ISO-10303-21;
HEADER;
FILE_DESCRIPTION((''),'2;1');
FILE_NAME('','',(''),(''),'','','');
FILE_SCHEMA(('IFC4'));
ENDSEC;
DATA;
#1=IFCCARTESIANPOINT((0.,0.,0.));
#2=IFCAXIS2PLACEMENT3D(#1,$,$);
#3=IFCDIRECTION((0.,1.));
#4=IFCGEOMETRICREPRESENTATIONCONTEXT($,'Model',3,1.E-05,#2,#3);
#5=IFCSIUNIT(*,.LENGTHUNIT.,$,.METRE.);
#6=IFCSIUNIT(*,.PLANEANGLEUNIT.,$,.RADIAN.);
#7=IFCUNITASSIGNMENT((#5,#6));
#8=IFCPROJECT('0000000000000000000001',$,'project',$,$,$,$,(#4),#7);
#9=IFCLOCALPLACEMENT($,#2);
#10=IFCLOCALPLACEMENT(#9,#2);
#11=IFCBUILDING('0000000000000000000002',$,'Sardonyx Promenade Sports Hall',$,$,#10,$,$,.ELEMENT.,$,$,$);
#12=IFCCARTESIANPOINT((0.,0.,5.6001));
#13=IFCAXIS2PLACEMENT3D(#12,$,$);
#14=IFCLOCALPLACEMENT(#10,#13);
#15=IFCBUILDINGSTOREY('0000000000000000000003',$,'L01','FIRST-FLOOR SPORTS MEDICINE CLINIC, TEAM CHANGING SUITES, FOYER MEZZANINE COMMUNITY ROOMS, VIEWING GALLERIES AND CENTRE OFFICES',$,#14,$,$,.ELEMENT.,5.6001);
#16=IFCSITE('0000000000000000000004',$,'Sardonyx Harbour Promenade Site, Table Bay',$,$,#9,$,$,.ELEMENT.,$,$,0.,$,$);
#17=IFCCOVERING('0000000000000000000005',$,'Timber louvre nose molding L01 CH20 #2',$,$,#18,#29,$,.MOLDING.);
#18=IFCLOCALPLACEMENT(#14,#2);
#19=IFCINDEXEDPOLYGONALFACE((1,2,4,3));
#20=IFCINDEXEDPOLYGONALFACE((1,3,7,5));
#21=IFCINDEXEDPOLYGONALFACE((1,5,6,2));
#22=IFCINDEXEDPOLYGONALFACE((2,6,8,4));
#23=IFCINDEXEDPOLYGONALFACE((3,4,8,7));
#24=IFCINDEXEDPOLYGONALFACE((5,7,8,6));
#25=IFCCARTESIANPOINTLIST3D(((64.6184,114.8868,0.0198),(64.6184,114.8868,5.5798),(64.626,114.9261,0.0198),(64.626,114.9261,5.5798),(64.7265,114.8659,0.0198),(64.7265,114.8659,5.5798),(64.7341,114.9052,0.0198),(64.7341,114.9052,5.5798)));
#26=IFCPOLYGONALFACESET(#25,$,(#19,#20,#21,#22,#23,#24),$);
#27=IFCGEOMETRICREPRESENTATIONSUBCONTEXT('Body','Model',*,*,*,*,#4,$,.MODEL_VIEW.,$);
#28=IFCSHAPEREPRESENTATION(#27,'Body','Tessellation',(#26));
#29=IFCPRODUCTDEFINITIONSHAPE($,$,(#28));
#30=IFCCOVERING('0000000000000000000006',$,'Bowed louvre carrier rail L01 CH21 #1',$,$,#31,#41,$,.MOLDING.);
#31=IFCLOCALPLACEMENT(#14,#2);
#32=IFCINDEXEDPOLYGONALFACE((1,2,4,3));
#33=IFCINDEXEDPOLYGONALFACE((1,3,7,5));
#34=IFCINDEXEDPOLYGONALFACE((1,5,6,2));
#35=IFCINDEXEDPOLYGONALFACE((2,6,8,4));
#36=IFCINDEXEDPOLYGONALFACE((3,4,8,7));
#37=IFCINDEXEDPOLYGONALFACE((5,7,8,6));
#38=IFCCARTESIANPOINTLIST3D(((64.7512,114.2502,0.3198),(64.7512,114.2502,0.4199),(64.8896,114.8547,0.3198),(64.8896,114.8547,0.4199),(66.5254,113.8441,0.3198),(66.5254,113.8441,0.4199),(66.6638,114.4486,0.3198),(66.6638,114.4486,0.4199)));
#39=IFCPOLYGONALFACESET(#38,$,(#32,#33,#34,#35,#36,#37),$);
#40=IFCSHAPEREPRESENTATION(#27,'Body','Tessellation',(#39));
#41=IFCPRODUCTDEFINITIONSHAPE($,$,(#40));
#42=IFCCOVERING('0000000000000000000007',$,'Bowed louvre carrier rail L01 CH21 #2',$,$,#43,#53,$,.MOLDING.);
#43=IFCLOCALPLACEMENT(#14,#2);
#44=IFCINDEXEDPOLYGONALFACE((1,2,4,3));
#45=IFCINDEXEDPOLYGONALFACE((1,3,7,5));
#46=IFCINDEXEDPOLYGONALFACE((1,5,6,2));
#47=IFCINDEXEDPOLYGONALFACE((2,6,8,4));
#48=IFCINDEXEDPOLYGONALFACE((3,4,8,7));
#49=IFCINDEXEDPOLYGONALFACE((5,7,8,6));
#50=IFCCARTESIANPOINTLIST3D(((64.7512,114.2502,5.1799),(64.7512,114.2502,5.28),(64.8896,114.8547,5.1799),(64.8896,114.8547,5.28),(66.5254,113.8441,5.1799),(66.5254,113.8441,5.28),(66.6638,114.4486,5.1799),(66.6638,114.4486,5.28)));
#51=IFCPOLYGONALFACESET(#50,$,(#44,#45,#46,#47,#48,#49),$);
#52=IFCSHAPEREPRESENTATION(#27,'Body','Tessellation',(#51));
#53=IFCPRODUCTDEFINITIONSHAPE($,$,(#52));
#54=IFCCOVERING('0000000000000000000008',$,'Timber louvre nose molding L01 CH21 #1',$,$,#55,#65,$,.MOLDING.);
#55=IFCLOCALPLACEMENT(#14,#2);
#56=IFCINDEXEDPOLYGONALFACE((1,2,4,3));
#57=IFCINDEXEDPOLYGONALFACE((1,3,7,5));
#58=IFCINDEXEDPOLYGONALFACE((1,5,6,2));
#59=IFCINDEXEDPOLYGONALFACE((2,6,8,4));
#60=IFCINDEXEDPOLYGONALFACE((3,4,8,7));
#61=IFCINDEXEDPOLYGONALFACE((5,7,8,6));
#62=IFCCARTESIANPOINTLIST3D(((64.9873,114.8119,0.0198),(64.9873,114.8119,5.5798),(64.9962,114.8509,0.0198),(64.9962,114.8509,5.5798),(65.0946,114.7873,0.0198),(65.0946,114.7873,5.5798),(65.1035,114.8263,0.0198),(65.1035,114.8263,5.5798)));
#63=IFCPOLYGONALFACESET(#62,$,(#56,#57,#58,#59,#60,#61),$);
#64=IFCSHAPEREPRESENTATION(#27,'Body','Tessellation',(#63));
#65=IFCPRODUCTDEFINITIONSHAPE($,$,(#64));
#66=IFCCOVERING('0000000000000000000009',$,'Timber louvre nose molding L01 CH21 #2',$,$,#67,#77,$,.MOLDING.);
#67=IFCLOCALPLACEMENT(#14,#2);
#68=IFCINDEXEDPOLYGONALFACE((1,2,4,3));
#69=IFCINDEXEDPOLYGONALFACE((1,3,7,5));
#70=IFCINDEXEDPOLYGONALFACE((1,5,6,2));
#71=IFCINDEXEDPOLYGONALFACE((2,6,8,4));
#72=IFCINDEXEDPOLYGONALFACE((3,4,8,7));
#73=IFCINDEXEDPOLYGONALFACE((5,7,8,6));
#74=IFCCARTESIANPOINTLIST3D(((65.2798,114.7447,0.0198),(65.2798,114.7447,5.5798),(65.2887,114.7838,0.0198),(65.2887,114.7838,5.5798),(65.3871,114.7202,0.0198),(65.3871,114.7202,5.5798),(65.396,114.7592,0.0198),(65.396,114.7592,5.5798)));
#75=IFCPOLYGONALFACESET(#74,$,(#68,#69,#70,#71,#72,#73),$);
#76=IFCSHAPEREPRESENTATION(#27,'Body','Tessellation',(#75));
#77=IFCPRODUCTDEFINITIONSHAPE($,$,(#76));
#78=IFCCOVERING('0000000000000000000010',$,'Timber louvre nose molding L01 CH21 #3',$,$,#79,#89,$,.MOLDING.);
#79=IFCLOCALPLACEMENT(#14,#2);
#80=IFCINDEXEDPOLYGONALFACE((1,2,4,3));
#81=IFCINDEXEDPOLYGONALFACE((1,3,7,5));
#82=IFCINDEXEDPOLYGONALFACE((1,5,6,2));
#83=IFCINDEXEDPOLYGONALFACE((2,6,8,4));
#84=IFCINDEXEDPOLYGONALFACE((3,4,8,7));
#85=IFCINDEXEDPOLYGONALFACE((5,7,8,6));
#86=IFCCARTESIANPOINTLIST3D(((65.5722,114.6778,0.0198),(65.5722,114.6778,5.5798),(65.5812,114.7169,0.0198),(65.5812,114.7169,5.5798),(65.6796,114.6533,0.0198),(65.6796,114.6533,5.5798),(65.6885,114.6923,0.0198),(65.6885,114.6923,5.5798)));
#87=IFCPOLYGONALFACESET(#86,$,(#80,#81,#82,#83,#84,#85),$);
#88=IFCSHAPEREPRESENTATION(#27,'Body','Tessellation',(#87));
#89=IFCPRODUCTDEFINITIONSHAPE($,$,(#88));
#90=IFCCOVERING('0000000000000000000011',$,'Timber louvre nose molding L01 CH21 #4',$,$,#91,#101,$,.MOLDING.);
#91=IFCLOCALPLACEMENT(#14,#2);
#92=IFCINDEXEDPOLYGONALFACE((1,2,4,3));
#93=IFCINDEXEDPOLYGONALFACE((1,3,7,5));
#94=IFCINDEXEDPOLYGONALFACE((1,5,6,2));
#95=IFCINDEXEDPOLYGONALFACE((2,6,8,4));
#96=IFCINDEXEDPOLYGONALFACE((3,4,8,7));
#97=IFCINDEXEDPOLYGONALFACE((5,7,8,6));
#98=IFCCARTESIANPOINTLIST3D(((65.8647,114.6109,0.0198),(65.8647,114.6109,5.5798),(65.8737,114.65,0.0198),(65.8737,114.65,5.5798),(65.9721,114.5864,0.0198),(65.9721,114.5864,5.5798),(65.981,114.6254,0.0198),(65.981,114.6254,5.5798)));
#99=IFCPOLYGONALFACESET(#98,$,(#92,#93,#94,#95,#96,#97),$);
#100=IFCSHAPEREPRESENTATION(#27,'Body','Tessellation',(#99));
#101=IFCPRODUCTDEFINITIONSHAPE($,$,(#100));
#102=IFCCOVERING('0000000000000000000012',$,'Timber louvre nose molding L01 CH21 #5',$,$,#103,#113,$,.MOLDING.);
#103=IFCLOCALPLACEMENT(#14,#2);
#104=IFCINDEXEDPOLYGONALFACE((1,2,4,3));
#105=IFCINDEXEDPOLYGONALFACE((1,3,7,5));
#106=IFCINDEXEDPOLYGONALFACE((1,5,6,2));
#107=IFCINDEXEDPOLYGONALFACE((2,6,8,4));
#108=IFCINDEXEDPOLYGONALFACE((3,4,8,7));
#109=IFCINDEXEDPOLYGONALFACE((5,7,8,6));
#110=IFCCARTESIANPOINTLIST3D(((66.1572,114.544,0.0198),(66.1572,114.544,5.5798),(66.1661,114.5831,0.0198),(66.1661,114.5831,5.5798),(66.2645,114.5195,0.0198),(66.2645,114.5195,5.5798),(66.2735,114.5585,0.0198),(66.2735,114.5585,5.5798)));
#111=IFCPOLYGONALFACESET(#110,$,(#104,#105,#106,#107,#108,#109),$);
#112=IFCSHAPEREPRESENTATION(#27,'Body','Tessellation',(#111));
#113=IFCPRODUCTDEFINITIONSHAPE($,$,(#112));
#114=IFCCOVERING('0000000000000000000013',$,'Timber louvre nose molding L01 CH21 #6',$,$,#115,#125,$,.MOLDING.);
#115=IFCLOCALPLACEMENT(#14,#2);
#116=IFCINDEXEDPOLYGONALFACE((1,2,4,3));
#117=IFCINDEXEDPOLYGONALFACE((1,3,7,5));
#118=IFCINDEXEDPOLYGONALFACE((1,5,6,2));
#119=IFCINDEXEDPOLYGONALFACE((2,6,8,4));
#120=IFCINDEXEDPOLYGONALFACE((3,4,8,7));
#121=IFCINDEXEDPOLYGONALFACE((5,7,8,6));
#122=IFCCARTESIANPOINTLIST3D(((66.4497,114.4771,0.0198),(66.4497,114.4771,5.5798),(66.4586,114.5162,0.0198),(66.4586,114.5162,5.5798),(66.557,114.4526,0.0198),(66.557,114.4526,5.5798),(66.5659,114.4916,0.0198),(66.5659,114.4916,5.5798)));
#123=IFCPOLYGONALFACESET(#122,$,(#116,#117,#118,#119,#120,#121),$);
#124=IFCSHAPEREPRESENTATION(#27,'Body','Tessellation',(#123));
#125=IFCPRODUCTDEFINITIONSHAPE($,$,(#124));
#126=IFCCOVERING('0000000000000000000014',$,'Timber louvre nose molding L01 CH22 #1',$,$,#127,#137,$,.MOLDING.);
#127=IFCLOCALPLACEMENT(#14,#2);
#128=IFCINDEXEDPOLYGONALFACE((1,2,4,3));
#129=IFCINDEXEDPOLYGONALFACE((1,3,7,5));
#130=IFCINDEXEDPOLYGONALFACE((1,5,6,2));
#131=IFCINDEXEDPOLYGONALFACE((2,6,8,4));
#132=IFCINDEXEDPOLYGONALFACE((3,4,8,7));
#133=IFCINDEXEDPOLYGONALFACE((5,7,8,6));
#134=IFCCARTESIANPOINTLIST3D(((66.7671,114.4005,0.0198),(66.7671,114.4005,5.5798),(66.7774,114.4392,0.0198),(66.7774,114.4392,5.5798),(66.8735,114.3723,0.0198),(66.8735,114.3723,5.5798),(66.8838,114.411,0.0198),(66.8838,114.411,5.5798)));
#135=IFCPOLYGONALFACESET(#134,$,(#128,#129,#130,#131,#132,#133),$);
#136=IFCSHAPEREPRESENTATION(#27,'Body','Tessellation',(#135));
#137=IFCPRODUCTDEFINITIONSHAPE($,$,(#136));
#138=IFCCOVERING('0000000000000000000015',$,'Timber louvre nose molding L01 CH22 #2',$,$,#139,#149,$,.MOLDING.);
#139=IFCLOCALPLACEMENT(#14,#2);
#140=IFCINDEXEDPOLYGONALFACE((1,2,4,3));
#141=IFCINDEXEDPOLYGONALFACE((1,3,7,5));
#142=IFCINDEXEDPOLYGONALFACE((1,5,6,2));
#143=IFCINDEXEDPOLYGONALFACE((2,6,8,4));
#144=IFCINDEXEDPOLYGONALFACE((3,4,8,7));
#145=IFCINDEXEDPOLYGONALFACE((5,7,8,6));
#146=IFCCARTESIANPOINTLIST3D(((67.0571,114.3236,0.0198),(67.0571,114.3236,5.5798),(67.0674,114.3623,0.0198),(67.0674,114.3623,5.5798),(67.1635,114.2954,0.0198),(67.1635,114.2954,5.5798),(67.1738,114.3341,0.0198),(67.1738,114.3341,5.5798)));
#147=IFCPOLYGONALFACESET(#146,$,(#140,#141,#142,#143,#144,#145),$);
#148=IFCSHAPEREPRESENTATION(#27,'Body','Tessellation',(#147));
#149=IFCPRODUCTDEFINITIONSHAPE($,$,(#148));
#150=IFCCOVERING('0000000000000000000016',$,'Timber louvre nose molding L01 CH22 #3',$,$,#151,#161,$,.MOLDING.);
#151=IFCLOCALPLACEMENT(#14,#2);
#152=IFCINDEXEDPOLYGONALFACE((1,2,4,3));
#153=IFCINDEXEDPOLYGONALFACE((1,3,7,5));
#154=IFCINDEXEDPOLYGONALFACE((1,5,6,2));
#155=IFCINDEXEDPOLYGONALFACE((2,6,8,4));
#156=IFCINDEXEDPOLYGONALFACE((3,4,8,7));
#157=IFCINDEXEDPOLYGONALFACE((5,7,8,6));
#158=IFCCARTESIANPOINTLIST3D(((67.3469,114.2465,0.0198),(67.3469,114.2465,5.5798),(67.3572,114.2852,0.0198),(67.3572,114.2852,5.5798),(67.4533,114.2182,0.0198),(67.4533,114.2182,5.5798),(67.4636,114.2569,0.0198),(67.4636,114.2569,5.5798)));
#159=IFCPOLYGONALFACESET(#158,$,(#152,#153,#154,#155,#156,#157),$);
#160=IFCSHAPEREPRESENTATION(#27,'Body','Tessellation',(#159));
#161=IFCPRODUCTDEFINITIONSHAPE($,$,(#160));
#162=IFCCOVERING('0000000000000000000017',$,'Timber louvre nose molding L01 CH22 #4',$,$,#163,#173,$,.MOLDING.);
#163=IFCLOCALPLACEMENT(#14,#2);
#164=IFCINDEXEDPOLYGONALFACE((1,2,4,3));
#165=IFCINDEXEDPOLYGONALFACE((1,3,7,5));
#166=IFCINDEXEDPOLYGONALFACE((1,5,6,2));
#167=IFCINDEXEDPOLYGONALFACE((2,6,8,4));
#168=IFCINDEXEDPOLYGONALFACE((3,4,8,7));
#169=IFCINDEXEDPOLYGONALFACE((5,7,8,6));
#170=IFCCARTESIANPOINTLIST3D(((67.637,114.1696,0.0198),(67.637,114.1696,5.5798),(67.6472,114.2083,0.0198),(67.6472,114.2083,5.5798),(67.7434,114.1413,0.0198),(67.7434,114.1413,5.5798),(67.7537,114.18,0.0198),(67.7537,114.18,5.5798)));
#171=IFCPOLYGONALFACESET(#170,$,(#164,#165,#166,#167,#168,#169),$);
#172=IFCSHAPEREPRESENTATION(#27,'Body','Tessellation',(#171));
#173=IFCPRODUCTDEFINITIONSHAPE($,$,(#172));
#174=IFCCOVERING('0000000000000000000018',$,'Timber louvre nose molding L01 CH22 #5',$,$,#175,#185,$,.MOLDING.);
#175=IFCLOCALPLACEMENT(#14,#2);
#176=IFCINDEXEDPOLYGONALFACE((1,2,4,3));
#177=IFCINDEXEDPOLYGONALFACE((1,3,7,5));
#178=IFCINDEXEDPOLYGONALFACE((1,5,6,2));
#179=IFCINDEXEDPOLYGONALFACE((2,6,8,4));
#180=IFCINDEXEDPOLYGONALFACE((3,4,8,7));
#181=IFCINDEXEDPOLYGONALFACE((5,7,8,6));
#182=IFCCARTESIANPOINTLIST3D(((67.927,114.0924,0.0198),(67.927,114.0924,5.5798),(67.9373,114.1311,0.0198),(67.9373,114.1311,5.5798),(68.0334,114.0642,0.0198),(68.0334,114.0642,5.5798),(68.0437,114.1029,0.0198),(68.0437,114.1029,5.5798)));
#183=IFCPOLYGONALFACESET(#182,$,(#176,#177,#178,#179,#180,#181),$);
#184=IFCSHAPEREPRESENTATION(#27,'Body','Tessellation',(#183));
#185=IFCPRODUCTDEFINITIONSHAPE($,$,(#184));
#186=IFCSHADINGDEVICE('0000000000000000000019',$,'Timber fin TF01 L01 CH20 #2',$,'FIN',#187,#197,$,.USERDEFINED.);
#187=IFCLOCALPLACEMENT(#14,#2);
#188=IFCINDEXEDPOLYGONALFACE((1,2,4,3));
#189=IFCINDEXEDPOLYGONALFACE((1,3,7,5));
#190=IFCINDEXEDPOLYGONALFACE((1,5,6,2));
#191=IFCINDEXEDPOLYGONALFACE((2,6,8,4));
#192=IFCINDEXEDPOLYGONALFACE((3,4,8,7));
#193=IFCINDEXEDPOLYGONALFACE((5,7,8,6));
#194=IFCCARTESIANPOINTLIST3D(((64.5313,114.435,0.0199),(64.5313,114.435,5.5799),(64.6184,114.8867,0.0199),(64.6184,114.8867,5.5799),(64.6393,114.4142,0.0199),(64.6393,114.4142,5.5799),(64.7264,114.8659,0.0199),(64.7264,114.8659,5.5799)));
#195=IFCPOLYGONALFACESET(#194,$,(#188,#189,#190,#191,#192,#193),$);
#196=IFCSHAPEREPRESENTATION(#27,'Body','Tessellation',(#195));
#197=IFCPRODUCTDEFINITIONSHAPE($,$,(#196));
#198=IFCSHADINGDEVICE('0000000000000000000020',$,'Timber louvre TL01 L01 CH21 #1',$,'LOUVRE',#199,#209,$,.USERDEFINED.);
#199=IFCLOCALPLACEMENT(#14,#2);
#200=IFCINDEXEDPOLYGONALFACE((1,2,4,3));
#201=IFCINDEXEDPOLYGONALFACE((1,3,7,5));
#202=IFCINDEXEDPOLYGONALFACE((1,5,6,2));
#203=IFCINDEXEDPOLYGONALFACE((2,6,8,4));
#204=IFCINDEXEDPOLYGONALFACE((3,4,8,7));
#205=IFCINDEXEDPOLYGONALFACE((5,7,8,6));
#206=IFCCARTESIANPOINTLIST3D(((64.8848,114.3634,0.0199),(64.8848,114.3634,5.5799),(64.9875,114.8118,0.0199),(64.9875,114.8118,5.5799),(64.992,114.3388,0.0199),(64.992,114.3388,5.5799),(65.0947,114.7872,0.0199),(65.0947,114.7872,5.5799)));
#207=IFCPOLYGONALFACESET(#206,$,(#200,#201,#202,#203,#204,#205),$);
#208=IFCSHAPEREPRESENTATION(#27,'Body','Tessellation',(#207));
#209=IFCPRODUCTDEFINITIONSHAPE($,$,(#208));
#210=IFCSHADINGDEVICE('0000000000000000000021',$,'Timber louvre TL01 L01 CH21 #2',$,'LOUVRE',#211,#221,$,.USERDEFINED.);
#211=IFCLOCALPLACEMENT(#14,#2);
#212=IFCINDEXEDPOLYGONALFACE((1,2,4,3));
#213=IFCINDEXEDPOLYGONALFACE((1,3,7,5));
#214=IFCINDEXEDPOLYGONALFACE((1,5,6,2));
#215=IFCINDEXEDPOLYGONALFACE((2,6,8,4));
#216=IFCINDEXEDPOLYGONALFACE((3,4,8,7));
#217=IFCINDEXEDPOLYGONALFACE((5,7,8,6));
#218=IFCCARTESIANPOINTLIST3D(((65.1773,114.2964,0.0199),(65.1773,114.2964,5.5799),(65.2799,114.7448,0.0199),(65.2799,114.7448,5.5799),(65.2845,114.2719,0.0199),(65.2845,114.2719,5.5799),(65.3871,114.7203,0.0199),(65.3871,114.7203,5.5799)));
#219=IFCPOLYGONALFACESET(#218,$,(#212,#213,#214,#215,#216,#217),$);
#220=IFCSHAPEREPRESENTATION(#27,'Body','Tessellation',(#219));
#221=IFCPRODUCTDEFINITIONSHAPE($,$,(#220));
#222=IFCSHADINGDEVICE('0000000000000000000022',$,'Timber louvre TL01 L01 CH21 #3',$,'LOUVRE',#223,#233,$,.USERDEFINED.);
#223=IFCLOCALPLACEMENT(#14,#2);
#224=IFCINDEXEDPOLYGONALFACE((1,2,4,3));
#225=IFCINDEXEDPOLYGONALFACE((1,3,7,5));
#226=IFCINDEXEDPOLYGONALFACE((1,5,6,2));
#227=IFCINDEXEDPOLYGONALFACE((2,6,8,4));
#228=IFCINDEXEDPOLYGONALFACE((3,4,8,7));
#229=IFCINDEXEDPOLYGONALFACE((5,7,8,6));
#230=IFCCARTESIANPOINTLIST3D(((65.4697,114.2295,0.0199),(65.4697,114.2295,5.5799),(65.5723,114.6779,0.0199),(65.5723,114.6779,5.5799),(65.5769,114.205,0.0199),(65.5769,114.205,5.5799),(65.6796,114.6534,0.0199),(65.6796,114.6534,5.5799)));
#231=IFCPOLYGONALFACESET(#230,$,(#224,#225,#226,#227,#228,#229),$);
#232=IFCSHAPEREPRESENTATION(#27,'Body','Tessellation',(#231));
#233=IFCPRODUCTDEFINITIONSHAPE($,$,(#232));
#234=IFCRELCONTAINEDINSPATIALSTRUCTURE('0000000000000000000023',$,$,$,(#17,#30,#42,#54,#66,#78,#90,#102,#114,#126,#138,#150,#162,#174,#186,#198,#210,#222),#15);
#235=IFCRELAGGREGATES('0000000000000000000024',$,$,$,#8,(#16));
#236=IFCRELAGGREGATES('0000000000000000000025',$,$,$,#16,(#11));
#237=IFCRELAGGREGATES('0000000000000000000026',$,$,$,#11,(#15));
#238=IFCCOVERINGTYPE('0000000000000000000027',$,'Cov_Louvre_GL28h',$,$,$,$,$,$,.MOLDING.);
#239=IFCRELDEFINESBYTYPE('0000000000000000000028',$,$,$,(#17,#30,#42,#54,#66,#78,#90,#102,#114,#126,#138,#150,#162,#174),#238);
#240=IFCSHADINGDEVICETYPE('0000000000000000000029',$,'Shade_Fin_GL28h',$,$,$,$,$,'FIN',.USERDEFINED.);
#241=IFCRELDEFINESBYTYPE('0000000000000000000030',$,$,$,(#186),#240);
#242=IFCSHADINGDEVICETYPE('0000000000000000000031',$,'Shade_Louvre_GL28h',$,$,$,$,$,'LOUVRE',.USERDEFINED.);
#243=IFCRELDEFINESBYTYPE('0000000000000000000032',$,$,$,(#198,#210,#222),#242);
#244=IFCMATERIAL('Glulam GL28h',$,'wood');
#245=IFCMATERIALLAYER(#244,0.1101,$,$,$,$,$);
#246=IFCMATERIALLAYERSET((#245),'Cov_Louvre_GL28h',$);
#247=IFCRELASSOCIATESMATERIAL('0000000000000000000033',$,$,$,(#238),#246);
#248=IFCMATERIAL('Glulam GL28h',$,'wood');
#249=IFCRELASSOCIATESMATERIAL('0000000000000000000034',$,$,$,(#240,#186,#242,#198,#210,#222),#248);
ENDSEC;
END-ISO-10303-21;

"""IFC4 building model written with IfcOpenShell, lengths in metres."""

from ifc_helpers import new_model, si_unit, direction, frame, origin, origin_2d, place, context, subcontext, project, spatial, rectangle, extrude, material, layer, layer_set, type_object, element, save


model = new_model("IFC4")

# Units and contexts
model_context = context("Model", 3, precision=1e-05, world=origin(), true_north=direction((0.0, 1.0)))
body_context = subcontext(model_context, "Body", "Model", "MODEL_VIEW")
ifc_project = project(units=[si_unit("LENGTHUNIT", "METRE"), si_unit("PLANEANGLEUNIT", "RADIAN")], contexts=[model_context])

# Site, building, storey
site_placement = place(None, origin())
site = spatial("IfcSite", under=ifc_project, at=site_placement, Name="Sardonyx Harbour Promenade Site, Table Bay", CompositionType="ELEMENT", RefElevation=0.0)
building_placement = place(site_placement, origin())
building = spatial("IfcBuilding", under=site, at=building_placement, Name="Sardonyx Promenade Sports Hall", CompositionType="ELEMENT")
storey_placement = place(building_placement, frame((0.0, 0.0, 5.6001)))
storey = spatial("IfcBuildingStorey", under=building, at=storey_placement, Name="L01", Description="FIRST-FLOOR SPORTS MEDICINE CLINIC, TEAM CHANGING SUITES, FOYER MEZZANINE COMMUNITY ROOMS, VIEWING GALLERIES AND CENTRE OFFICES", CompositionType="ELEMENT", Elevation=5.6001)

# Coverings
ifc_material_1 = material(Name="Glulam GL28h", Category="wood")
ifc_layer = layer(ifc_material_1, 0.1101)
ifc_layer_set = layer_set([ifc_layer], Name="Cov_Louvre_GL28h")
covering_type = type_object("IfcCoveringType", Name="Cov_Louvre_GL28h", PredefinedType="MOLDING", material=ifc_layer_set)
covering_placement = place(storey_placement, frame((64.6763, 114.896, 0.0198), z_axis=(0.0, 0.0, 1.0), x_axis=(0.98193, -0.189246, 0.0)))
element("IfcCovering", 1, at=covering_placement, inside=storey, type_object=covering_type, Name="Timber louvre nose molding L01 CH20 #2", PredefinedType="MOLDING", context=body_context, shape_type="SweptSolid", body=[
    extrude(rectangle(XDim=0.1101, YDim=0.04, at=origin_2d()), origin(), (0.0, 0.0, 1.0), 5.5601),
])
for number, where, z_axis, x_axis, name in (
    (2, (65.7075, 114.3494, 0.3198), (0.0, 0.0, 1.0), (0.974792, -0.223117, 0.0), "Bowed louvre carrier rail L01 CH21 #1"),
    (3, (65.7075, 114.3494, 5.1799), (0.0, 0.0, 1.0), (0.974792, -0.223117, 0.0), "Bowed louvre carrier rail L01 CH21 #2"),
):
    element("IfcCovering", number, at=place(storey_placement, frame(where, z_axis=z_axis, x_axis=x_axis)), inside=storey, type_object=covering_type, Name=name, PredefinedType="MOLDING", context=body_context, shape_type="SweptSolid", body=[
        extrude(rectangle(XDim=1.8201, YDim=0.6201, at=origin_2d()), origin(), (0.0, 0.0, 1.0), 0.1001),
    ])
for number, where, z_axis, x_axis, name in (
    (4, (65.0454, 114.8191, 0.0198), (0.0, 0.0, 1.0), (0.974792, -0.223117, 0.0), "Timber louvre nose molding L01 CH21 #1"),
    (5, (65.3379, 114.752, 0.0198), (0.0, 0.0, 1.0), (0.974792, -0.223117, 0.0), "Timber louvre nose molding L01 CH21 #2"),
    (6, (65.6304, 114.6851, 0.0198), (0.0, 0.0, 1.0), (0.974792, -0.223117, 0.0), "Timber louvre nose molding L01 CH21 #3"),
    (7, (65.9229, 114.6182, 0.0198), (0.0, 0.0, 1.0), (0.974792, -0.223117, 0.0), "Timber louvre nose molding L01 CH21 #4"),
    (8, (66.2153, 114.5513, 0.0198), (0.0, 0.0, 1.0), (0.974792, -0.223117, 0.0), "Timber louvre nose molding L01 CH21 #5"),
    (9, (66.5078, 114.4844, 0.0198), (0.0, 0.0, 1.0), (0.974792, -0.223117, 0.0), "Timber louvre nose molding L01 CH21 #6"),
    (10, (66.8254, 114.4058, 0.0198), (0.0, 0.0, 1.0), (0.966485, -0.256721, 0.0), "Timber louvre nose molding L01 CH22 #1"),
    (11, (67.1155, 114.3289, 0.0198), (0.0, 0.0, 1.0), (0.966485, -0.256721, 0.0), "Timber louvre nose molding L01 CH22 #2"),
    (12, (67.4053, 114.2517, 0.0198), (0.0, 0.0, 1.0), (0.966485, -0.256721, 0.0), "Timber louvre nose molding L01 CH22 #3"),
    (13, (67.6953, 114.1748, 0.0198), (0.0, 0.0, 1.0), (0.966485, -0.256721, 0.0), "Timber louvre nose molding L01 CH22 #4"),
    (14, (67.9854, 114.0977, 0.0198), (0.0, 0.0, 1.0), (0.966485, -0.256721, 0.0), "Timber louvre nose molding L01 CH22 #5"),
):
    element("IfcCovering", number, at=place(storey_placement, frame(where, z_axis=z_axis, x_axis=x_axis)), inside=storey, type_object=covering_type, Name=name, PredefinedType="MOLDING", context=body_context, shape_type="SweptSolid", body=[
        extrude(rectangle(XDim=0.1101, YDim=0.04, at=origin_2d()), origin(), (0.0, 0.0, 1.0), 5.5601),
    ])

# Shading devices
ifc_material_2 = material(Name="Glulam GL28h", Category="wood")
shading_device_type_1 = type_object("IfcShadingDeviceType", Name="Shade_Fin_GL28h", ElementType="FIN", PredefinedType="USERDEFINED", material=ifc_material_2)
shading_device_placement = place(storey_placement, frame((64.6289, 114.6505, 0.0199), z_axis=(0.0, 0.0, 1.0), x_axis=(0.98193, -0.189246, 0.0)))
element("IfcShadingDevice", 15, at=shading_device_placement, inside=storey, type_object=shading_device_type_1, material=ifc_material_2, Name="Timber fin TF01 L01 CH20 #2", ObjectType="FIN", PredefinedType="USERDEFINED", context=body_context, shape_type="SweptSolid", body=[
    extrude(rectangle(XDim=0.11, YDim=0.46), origin(), (0.0, 0.0, 1.0), 5.56),
])
shading_device_type_2 = type_object("IfcShadingDeviceType", Name="Shade_Louvre_GL28h", ElementType="LOUVRE", PredefinedType="USERDEFINED", material=ifc_material_2)
for number, where, z_axis, x_axis, name in (
    (16, (64.9898, 114.5753, 0.0199), (0.0, 0.0, 1.0), (0.974792, -0.223117, 0.0), "Timber louvre TL01 L01 CH21 #1"),
    (17, (65.2822, 114.5084, 0.0199), (0.0, 0.0, 1.0), (0.974792, -0.223117, 0.0), "Timber louvre TL01 L01 CH21 #2"),
    (18, (65.5746, 114.4414, 0.0199), (0.0, 0.0, 1.0), (0.974792, -0.223117, 0.0), "Timber louvre TL01 L01 CH21 #3"),
):
    element("IfcShadingDevice", number, at=place(storey_placement, frame(where, z_axis=z_axis, x_axis=x_axis)), inside=storey, type_object=shading_device_type_2, material=ifc_material_2, Name=name, ObjectType="LOUVRE", PredefinedType="USERDEFINED", context=body_context, shape_type="SweptSolid", body=[
        extrude(rectangle(XDim=0.11, YDim=0.46), origin(), (0.0, 0.0, 1.0), 5.56),
    ])

save(model, "model.ifc")
